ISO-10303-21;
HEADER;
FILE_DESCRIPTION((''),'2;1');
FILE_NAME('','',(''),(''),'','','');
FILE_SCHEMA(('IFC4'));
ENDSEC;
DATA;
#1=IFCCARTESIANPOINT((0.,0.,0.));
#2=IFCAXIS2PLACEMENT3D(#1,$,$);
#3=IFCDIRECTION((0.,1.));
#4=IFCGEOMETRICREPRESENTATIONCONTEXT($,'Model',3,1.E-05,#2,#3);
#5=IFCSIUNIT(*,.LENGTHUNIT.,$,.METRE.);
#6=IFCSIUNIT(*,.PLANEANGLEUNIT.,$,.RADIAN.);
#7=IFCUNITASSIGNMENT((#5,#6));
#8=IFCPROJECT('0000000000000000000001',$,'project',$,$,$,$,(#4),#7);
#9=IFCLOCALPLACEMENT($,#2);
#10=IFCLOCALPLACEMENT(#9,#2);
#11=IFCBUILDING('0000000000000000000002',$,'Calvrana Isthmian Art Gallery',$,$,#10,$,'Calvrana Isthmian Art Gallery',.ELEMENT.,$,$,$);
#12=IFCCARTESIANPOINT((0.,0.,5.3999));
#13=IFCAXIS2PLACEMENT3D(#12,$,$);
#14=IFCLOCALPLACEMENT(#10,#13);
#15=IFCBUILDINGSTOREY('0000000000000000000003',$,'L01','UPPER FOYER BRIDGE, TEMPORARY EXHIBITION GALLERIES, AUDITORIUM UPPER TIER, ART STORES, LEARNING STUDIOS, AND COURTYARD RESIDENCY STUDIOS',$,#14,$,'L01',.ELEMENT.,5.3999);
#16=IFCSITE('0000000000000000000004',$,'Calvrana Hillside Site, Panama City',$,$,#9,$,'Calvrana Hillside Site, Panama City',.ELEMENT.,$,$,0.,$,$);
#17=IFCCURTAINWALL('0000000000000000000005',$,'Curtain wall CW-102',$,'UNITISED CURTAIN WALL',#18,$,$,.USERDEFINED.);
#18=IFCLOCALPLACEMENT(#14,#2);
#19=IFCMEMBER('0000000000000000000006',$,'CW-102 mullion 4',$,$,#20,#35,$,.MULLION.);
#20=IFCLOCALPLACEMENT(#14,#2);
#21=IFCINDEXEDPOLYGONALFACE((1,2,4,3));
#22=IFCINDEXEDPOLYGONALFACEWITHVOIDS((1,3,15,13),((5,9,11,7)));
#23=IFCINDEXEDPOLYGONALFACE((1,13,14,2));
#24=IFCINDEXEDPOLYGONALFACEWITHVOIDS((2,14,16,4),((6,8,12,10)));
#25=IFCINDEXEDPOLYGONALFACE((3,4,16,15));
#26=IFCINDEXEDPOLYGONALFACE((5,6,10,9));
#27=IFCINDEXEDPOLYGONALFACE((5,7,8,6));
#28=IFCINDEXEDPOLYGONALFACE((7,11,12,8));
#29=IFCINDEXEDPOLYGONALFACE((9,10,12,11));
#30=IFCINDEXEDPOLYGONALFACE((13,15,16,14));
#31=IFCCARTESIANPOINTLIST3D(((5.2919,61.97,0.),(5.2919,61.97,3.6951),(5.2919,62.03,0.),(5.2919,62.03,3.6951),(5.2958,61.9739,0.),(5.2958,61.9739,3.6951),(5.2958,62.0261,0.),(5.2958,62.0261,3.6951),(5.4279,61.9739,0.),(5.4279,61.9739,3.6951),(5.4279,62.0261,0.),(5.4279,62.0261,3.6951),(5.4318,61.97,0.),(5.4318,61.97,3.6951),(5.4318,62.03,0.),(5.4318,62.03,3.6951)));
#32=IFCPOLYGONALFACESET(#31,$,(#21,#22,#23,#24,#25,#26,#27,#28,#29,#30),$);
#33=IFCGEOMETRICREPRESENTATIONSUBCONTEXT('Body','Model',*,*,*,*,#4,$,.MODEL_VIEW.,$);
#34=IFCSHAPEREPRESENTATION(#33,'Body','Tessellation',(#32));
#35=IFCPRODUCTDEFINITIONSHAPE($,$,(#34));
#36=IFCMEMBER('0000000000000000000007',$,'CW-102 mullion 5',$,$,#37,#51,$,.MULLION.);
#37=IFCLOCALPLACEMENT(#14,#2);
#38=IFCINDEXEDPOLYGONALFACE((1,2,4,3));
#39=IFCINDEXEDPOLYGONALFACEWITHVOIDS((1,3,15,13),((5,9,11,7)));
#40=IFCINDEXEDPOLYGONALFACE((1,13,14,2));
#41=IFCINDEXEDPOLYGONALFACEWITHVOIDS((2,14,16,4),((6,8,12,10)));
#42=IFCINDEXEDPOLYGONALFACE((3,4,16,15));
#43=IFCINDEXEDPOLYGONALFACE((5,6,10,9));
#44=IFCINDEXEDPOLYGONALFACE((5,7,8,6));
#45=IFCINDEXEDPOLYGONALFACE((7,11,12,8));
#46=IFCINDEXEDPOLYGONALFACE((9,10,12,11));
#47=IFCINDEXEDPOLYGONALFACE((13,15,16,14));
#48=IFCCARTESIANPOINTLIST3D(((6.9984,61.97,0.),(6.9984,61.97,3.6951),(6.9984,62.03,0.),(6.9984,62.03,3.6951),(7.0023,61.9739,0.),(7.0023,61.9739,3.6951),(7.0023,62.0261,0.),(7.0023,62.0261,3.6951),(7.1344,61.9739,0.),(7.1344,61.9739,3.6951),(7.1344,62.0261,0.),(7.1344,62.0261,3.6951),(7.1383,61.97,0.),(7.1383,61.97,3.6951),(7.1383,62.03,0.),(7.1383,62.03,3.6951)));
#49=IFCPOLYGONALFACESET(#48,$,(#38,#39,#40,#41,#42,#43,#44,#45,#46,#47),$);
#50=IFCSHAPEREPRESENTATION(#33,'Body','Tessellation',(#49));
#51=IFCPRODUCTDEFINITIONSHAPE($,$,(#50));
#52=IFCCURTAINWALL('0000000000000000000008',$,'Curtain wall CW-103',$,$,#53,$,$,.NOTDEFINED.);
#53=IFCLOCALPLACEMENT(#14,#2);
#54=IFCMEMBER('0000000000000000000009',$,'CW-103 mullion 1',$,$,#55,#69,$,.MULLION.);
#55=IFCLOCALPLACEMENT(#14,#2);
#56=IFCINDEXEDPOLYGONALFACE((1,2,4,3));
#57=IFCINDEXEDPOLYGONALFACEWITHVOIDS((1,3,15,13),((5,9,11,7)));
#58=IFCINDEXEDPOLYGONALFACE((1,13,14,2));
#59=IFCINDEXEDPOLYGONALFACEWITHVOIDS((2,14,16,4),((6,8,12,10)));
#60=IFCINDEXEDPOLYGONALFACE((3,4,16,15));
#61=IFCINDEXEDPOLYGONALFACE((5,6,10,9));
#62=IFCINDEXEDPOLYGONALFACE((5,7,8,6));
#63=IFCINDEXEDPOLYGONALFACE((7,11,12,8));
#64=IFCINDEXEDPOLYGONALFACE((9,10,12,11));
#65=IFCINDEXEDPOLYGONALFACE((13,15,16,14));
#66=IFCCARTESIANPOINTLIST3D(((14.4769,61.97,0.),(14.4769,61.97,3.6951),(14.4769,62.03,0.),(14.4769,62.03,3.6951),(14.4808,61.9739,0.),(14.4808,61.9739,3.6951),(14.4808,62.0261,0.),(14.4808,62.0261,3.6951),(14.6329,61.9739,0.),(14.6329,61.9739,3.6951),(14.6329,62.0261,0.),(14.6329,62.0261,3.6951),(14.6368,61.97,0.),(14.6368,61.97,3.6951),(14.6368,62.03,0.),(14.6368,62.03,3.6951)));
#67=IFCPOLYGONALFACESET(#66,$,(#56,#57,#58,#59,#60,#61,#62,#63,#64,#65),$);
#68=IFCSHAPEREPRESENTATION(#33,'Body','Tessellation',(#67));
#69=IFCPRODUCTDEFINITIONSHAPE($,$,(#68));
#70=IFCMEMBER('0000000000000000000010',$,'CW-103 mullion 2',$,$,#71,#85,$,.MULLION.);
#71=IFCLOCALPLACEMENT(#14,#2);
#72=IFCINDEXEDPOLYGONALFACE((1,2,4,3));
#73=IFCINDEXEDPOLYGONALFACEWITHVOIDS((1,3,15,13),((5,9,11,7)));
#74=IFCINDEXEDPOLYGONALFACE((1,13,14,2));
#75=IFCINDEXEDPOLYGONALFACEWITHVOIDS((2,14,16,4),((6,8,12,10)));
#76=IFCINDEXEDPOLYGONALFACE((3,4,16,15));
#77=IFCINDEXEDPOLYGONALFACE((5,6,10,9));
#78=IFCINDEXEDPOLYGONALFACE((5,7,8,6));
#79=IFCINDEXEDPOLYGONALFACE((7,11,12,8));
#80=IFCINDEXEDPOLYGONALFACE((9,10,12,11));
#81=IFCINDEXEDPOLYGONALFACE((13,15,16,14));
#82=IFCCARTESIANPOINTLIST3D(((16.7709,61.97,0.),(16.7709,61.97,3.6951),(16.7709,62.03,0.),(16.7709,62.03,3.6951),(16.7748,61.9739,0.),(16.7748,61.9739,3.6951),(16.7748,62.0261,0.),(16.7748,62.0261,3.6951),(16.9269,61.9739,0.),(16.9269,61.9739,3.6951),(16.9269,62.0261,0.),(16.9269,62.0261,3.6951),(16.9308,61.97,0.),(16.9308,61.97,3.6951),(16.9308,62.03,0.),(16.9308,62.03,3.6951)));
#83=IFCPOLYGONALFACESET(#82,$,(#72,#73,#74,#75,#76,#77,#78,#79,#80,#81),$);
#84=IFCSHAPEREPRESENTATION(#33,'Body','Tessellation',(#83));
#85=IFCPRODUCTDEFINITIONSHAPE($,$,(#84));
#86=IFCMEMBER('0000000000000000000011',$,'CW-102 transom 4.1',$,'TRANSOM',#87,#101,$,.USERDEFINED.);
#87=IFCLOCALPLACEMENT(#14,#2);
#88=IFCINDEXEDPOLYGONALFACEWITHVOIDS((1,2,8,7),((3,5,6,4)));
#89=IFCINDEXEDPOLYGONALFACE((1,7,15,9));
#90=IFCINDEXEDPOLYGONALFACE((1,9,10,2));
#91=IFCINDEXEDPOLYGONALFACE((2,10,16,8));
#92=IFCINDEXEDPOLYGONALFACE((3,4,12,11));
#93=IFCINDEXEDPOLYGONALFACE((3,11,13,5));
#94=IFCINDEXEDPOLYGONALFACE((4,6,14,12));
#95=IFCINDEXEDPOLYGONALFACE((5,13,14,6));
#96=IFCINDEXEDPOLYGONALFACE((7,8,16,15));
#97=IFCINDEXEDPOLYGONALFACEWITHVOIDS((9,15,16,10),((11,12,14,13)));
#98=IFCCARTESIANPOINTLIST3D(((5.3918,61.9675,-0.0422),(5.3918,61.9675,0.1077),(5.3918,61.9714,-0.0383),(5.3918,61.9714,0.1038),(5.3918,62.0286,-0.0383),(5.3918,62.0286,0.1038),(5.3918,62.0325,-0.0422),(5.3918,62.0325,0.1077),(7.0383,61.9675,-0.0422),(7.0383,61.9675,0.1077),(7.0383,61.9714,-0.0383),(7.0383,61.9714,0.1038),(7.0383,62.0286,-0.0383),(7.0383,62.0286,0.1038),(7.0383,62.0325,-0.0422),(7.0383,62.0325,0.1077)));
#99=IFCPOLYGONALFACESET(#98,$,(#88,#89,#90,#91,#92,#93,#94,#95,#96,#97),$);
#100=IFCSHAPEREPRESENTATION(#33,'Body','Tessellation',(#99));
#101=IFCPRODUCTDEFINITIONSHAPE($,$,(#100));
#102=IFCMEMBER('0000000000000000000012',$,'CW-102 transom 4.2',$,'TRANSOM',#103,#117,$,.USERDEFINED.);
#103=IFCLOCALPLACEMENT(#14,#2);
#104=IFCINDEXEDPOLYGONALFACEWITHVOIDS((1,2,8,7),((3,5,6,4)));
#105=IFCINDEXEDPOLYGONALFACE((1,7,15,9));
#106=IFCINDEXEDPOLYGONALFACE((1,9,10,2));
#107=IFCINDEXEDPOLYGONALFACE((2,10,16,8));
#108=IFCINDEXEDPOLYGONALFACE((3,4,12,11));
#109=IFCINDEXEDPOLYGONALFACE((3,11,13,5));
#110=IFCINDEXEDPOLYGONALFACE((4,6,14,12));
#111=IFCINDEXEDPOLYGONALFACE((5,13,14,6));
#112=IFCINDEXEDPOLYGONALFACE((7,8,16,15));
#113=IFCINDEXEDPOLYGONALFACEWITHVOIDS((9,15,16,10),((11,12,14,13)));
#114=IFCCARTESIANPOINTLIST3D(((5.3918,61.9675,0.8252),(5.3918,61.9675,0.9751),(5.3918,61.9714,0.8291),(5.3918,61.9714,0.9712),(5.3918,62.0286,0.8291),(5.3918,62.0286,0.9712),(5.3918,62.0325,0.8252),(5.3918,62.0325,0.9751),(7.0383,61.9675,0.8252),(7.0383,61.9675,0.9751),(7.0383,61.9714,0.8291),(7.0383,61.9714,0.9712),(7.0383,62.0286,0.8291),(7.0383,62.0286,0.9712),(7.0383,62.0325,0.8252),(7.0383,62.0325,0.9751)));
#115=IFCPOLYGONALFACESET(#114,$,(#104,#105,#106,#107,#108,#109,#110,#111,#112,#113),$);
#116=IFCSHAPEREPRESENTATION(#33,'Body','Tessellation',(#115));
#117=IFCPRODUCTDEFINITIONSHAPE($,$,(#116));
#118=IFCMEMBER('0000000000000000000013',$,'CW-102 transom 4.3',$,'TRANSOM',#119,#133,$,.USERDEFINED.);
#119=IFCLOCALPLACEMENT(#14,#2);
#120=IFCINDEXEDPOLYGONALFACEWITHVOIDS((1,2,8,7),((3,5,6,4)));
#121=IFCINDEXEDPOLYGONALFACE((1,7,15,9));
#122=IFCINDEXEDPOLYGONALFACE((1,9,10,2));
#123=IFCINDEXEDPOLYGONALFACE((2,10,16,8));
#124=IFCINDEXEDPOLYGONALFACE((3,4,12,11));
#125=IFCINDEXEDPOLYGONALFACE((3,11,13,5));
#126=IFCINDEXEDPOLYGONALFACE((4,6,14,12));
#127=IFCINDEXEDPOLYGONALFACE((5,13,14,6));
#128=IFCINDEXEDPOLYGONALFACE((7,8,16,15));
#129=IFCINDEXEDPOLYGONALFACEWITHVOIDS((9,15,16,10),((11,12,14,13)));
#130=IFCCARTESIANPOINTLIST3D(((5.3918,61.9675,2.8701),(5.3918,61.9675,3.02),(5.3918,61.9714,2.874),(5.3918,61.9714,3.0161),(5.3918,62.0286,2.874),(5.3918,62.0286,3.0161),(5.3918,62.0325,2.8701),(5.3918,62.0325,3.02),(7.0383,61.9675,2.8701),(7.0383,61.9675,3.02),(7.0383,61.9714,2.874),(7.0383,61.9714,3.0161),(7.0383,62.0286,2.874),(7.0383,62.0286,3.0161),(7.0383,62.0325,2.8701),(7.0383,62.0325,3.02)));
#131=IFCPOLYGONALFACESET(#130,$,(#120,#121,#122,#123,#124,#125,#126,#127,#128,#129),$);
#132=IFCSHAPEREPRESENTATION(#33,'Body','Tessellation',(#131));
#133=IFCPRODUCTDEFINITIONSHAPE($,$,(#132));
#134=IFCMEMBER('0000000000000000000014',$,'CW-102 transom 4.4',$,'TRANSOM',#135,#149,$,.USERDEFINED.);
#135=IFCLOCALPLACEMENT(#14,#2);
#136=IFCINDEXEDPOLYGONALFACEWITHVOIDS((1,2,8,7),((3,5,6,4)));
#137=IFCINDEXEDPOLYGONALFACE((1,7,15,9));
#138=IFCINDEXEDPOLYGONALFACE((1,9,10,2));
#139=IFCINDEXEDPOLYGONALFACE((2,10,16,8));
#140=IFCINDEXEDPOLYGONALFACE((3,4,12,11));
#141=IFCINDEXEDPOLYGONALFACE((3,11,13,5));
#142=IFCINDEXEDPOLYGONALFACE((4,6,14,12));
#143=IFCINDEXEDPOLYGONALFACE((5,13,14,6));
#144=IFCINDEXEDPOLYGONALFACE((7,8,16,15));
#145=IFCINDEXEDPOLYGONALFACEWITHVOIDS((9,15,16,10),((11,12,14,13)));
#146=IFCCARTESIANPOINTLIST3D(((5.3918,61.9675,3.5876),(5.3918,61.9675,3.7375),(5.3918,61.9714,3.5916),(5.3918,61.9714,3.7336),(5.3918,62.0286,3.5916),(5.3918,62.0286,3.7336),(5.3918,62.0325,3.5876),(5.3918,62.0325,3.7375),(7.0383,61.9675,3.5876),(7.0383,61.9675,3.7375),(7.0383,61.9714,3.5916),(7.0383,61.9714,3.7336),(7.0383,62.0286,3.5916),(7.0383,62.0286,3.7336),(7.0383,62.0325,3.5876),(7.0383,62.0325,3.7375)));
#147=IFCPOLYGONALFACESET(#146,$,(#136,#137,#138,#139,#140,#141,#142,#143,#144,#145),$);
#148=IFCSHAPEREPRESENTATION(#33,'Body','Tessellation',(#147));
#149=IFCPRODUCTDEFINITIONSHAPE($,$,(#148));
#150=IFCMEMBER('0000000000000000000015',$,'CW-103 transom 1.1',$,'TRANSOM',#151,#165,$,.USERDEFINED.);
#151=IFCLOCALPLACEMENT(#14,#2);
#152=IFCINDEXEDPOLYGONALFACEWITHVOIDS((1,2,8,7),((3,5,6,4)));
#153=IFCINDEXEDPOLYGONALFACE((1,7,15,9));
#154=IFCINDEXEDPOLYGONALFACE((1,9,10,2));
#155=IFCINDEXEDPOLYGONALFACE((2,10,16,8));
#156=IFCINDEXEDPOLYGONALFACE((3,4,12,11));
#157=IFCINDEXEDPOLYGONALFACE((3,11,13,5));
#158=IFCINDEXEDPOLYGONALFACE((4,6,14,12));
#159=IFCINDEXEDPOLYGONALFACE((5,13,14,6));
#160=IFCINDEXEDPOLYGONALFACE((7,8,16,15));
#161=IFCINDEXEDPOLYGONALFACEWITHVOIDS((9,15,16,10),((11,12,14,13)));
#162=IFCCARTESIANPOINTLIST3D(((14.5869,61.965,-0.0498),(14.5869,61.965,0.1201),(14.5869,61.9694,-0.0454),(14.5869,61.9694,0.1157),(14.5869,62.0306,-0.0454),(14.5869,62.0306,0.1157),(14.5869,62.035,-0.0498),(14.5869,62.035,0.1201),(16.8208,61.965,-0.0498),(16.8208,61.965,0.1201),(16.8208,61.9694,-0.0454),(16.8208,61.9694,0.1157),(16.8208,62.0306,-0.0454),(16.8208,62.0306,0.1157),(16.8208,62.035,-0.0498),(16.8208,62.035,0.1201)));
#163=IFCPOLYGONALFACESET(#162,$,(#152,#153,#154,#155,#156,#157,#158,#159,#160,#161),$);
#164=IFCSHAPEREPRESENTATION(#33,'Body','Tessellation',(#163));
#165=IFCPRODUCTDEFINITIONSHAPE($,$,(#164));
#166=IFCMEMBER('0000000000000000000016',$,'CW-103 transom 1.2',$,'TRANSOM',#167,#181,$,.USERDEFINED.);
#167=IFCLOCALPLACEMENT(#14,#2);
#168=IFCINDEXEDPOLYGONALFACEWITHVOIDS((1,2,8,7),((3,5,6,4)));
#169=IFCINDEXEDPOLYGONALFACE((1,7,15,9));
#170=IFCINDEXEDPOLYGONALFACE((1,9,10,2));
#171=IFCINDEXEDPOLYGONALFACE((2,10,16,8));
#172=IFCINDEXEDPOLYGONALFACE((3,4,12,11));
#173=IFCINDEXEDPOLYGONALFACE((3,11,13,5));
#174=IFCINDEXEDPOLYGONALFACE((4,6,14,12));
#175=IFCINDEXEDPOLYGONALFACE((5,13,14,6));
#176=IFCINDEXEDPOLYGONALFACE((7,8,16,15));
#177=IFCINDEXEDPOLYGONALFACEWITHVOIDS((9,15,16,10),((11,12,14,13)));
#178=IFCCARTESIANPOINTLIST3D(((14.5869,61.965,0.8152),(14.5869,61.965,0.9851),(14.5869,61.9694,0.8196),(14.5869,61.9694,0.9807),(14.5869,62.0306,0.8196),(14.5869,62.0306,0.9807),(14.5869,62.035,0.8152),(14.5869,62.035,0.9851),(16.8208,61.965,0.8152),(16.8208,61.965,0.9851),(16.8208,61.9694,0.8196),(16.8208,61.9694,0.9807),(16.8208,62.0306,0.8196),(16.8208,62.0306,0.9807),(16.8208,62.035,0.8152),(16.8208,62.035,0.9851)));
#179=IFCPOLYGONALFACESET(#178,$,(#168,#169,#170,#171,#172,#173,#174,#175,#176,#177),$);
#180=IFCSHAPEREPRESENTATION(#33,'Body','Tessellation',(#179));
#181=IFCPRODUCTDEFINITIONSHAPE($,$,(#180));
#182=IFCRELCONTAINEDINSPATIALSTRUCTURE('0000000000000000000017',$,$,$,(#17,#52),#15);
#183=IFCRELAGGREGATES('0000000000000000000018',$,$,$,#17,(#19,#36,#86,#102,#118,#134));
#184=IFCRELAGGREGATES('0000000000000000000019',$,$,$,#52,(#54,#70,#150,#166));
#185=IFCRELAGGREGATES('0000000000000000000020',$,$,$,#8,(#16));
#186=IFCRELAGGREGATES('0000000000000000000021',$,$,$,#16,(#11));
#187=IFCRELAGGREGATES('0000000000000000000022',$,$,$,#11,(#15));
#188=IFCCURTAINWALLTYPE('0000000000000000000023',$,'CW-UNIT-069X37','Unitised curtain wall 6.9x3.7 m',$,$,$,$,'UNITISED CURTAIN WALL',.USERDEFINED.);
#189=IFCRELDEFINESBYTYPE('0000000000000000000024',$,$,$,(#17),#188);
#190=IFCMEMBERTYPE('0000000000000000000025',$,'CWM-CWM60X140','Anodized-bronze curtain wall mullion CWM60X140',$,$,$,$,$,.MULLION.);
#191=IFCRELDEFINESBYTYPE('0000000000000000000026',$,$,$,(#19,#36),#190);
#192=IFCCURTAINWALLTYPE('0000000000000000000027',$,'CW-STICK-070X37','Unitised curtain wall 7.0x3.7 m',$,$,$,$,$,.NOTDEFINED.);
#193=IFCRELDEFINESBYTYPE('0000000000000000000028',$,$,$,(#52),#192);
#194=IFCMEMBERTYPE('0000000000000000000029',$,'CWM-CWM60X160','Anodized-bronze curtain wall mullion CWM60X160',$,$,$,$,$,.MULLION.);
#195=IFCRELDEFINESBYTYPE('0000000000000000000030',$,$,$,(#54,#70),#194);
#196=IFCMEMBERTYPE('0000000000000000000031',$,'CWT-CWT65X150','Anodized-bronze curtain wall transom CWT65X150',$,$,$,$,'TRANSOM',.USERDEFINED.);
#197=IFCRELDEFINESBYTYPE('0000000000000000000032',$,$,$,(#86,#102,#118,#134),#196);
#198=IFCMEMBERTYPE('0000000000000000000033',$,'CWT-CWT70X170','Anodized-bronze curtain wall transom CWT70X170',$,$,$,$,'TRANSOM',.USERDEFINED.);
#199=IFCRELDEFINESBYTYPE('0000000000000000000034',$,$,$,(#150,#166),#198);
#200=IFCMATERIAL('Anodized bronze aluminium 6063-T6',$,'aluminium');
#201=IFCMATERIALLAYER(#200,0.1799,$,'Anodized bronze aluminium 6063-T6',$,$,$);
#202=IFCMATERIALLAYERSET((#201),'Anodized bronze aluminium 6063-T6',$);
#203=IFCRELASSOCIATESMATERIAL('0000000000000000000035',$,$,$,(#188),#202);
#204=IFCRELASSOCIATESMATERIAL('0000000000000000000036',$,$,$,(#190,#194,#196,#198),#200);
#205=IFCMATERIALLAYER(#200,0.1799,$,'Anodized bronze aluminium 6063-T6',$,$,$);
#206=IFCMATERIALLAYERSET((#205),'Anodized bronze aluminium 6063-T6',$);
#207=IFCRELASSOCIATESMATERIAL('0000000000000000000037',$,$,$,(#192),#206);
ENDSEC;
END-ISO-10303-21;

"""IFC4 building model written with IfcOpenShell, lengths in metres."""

from ifc_helpers import new_model, si_unit, direction, frame, origin, origin_2d, place, context, subcontext, project, spatial, hollow_rectangle, extrude, material, layer, layer_set, material_profile, profile_set, type_object, element, aggregate, save


model = new_model("IFC4")

# Units and contexts
model_context = context("Model", 3, precision=1e-05, world=origin(), true_north=direction((0.0, 1.0)))
body_context = subcontext(model_context, "Body", "Model", "MODEL_VIEW")
ifc_project = project(units=[si_unit("LENGTHUNIT", "METRE"), si_unit("PLANEANGLEUNIT", "RADIAN")], contexts=[model_context])

# Site, building, storey
site_placement = place(None, origin())
site = spatial("IfcSite", under=ifc_project, at=site_placement, Name="Calvrana Hillside Site, Panama City", LongName="Calvrana Hillside Site, Panama City", CompositionType="ELEMENT", RefElevation=0.0)
building_placement = place(site_placement, origin())
building = spatial("IfcBuilding", under=site, at=building_placement, Name="Calvrana Isthmian Art Gallery", LongName="Calvrana Isthmian Art Gallery", CompositionType="ELEMENT")
storey_placement = place(building_placement, frame((0.0, 0.0, 5.3999)))
storey = spatial("IfcBuildingStorey", under=building, at=storey_placement, Name="L01", Description="UPPER FOYER BRIDGE, TEMPORARY EXHIBITION GALLERIES, AUDITORIUM UPPER TIER, ART STORES, LEARNING STUDIOS, AND COURTYARD RESIDENCY STUDIOS", LongName="L01", CompositionType="ELEMENT", Elevation=5.3999)

# Curtain walls, members
ifc_material_1 = material(Name="Anodized bronze aluminium 6063-T6", Category="aluminium")
ifc_layer_1 = layer(ifc_material_1, 0.1799, Name="Anodized bronze aluminium 6063-T6")
ifc_layer_set_1 = layer_set([ifc_layer_1], Name="Anodized bronze aluminium 6063-T6")
curtain_wall_type_1 = type_object("IfcCurtainWallType", Name="CW-UNIT-069X37", Description="Unitised curtain wall 6.9x3.7 m", ElementType="UNITISED CURTAIN WALL", PredefinedType="USERDEFINED", material=ifc_layer_set_1)
curtain_wall_1_placement = place(storey_placement, origin())
curtain_wall_1 = element("IfcCurtainWall", 1, at=curtain_wall_1_placement, inside=storey, type_object=curtain_wall_type_1, Name="Curtain wall CW-102", ObjectType="UNITISED CURTAIN WALL", PredefinedType="USERDEFINED")
ifc_material_profile_1 = material_profile(ifc_material_1, hollow_rectangle(XDim=0.0601, YDim=0.1399, WallThickness=0.0039, at=origin_2d()), Name="CWM60X140")
ifc_profile_set_1 = profile_set([ifc_material_profile_1], Name="Anodized bronze aluminium 6063-T6")
member_type_1 = type_object("IfcMemberType", Name="CWM-CWM60X140", Description="Anodized-bronze curtain wall mullion CWM60X140", PredefinedType="MULLION", material=ifc_profile_set_1)
member_1_placement = place(storey_placement, frame((5.3618, 62.0, 0.0), z_axis=(0.0, 0.0, 1.0), x_axis=(0.0, 1.0, 0.0)))
member_1 = element("IfcMember", 2, at=member_1_placement, type_object=member_type_1, Name="CW-102 mullion 4", PredefinedType="MULLION", context=body_context, shape_type="SweptSolid", body=[
    extrude(hollow_rectangle(XDim=0.0601, YDim=0.1399, WallThickness=0.0039, at=origin_2d()), origin(), (0.0, 0.0, 1.0), 3.6951),
])
member_2_placement = place(storey_placement, frame((7.0684, 62.0, 0.0), z_axis=(0.0, 0.0, 1.0), x_axis=(0.0, 1.0, 0.0)))
member_2 = element("IfcMember", 3, at=member_2_placement, type_object=member_type_1, Name="CW-102 mullion 5", PredefinedType="MULLION", context=body_context, shape_type="SweptSolid", body=[
    extrude(hollow_rectangle(XDim=0.0601, YDim=0.1399, WallThickness=0.0039, at=origin_2d()), origin(), (0.0, 0.0, 1.0), 3.6951),
])
ifc_layer_2 = layer(ifc_material_1, 0.1799, Name="Anodized bronze aluminium 6063-T6")
ifc_layer_set_2 = layer_set([ifc_layer_2], Name="Anodized bronze aluminium 6063-T6")
curtain_wall_type_2 = type_object("IfcCurtainWallType", Name="CW-STICK-070X37", Description="Unitised curtain wall 7.0x3.7 m", PredefinedType="NOTDEFINED", material=ifc_layer_set_2)
curtain_wall_2_placement = place(storey_placement, origin())
curtain_wall_2 = element("IfcCurtainWall", 4, at=curtain_wall_2_placement, inside=storey, type_object=curtain_wall_type_2, Name="Curtain wall CW-103", PredefinedType="NOTDEFINED")
ifc_material_profile_2 = material_profile(ifc_material_1, hollow_rectangle(XDim=0.0601, YDim=0.1599, WallThickness=0.0039, at=origin_2d()), Name="CWM60X160")
ifc_profile_set_2 = profile_set([ifc_material_profile_2], Name="Anodized bronze aluminium 6063-T6")
member_type_2 = type_object("IfcMemberType", Name="CWM-CWM60X160", Description="Anodized-bronze curtain wall mullion CWM60X160", PredefinedType="MULLION", material=ifc_profile_set_2)
member_3_placement = place(storey_placement, frame((14.5569, 62.0, 0.0), z_axis=(0.0, 0.0, 1.0), x_axis=(0.0, 1.0, 0.0)))
member_3 = element("IfcMember", 5, at=member_3_placement, type_object=member_type_2, Name="CW-103 mullion 1", PredefinedType="MULLION", context=body_context, shape_type="SweptSolid", body=[
    extrude(hollow_rectangle(XDim=0.0601, YDim=0.1599, WallThickness=0.0039, at=origin_2d()), origin(), (0.0, 0.0, 1.0), 3.6951),
])
member_4_placement = place(storey_placement, frame((16.8508, 62.0, 0.0), z_axis=(0.0, 0.0, 1.0), x_axis=(0.0, 1.0, 0.0)))
member_4 = element("IfcMember", 6, at=member_4_placement, type_object=member_type_2, Name="CW-103 mullion 2", PredefinedType="MULLION", context=body_context, shape_type="SweptSolid", body=[
    extrude(hollow_rectangle(XDim=0.0601, YDim=0.1599, WallThickness=0.0039, at=origin_2d()), origin(), (0.0, 0.0, 1.0), 3.6951),
])

# Members
ifc_material_profile_3 = material_profile(ifc_material_1, hollow_rectangle(XDim=0.0649, YDim=0.1499, WallThickness=0.0039, at=origin_2d()), Name="CWT65X150")
ifc_profile_set_3 = profile_set([ifc_material_profile_3], Name="Anodized bronze aluminium 6063-T6")
member_type_3 = type_object("IfcMemberType", Name="CWT-CWT65X150", Description="Anodized-bronze curtain wall transom CWT65X150", ElementType="TRANSOM", PredefinedType="USERDEFINED", material=ifc_profile_set_3)
member_5_placement = place(storey_placement, frame((5.3918, 62.0, 0.0327), z_axis=(1.0, 0.0, 0.0), x_axis=(0.0, 1.0, 0.0)))
member_5 = element("IfcMember", 7, at=member_5_placement, type_object=member_type_3, Name="CW-102 transom 4.1", ObjectType="TRANSOM", PredefinedType="USERDEFINED", context=body_context, shape_type="SweptSolid", body=[
    extrude(hollow_rectangle(XDim=0.0649, YDim=0.1499, WallThickness=0.0039, at=origin_2d()), origin(), (0.0, 0.0, 1.0), 1.6465),
])
member_6_placement = place(storey_placement, frame((5.3918, 62.0, 0.9001), z_axis=(1.0, 0.0, 0.0), x_axis=(0.0, 1.0, 0.0)))
member_6 = element("IfcMember", 8, at=member_6_placement, type_object=member_type_3, Name="CW-102 transom 4.2", ObjectType="TRANSOM", PredefinedType="USERDEFINED", context=body_context, shape_type="SweptSolid", body=[
    extrude(hollow_rectangle(XDim=0.0649, YDim=0.1499, WallThickness=0.0039, at=origin_2d()), origin(), (0.0, 0.0, 1.0), 1.6465),
])
member_7_placement = place(storey_placement, frame((5.3918, 62.0, 2.9451), z_axis=(1.0, 0.0, 0.0), x_axis=(0.0, 1.0, 0.0)))
member_7 = element("IfcMember", 9, at=member_7_placement, type_object=member_type_3, Name="CW-102 transom 4.3", ObjectType="TRANSOM", PredefinedType="USERDEFINED", context=body_context, shape_type="SweptSolid", body=[
    extrude(hollow_rectangle(XDim=0.0649, YDim=0.1499, WallThickness=0.0039, at=origin_2d()), origin(), (0.0, 0.0, 1.0), 1.6465),
])
member_8_placement = place(storey_placement, frame((5.3918, 62.0, 3.6626), z_axis=(1.0, 0.0, 0.0), x_axis=(0.0, 1.0, 0.0)))
member_8 = element("IfcMember", 10, at=member_8_placement, type_object=member_type_3, Name="CW-102 transom 4.4", ObjectType="TRANSOM", PredefinedType="USERDEFINED", context=body_context, shape_type="SweptSolid", body=[
    extrude(hollow_rectangle(XDim=0.0649, YDim=0.1499, WallThickness=0.0039, at=origin_2d()), origin(), (0.0, 0.0, 1.0), 1.6465),
])
ifc_material_profile_4 = material_profile(ifc_material_1, hollow_rectangle(XDim=0.0701, YDim=0.1699, WallThickness=0.0044, at=origin_2d()), Name="CWT70X170")
ifc_profile_set_4 = profile_set([ifc_material_profile_4], Name="Anodized bronze aluminium 6063-T6")
member_type_4 = type_object("IfcMemberType", Name="CWT-CWT70X170", Description="Anodized-bronze curtain wall transom CWT70X170", ElementType="TRANSOM", PredefinedType="USERDEFINED", material=ifc_profile_set_4)
member_9_placement = place(storey_placement, frame((14.5869, 62.0, 0.0352), z_axis=(1.0, 0.0, 0.0), x_axis=(0.0, 1.0, 0.0)))
member_9 = element("IfcMember", 11, at=member_9_placement, type_object=member_type_4, Name="CW-103 transom 1.1", ObjectType="TRANSOM", PredefinedType="USERDEFINED", context=body_context, shape_type="SweptSolid", body=[
    extrude(hollow_rectangle(XDim=0.0701, YDim=0.1699, WallThickness=0.0044, at=origin_2d()), origin(), (0.0, 0.0, 1.0), 2.2339),
])
member_10_placement = place(storey_placement, frame((14.5869, 62.0, 0.9001), z_axis=(1.0, 0.0, 0.0), x_axis=(0.0, 1.0, 0.0)))
member_10 = element("IfcMember", 12, at=member_10_placement, type_object=member_type_4, Name="CW-103 transom 1.2", ObjectType="TRANSOM", PredefinedType="USERDEFINED", context=body_context, shape_type="SweptSolid", body=[
    extrude(hollow_rectangle(XDim=0.0701, YDim=0.1699, WallThickness=0.0044, at=origin_2d()), origin(), (0.0, 0.0, 1.0), 2.2339),
])

aggregate(curtain_wall_1, [member_1, member_2, member_5, member_6, member_7, member_8])
aggregate(curtain_wall_2, [member_3, member_4, member_9, member_10])

save(model, "model.ifc")
